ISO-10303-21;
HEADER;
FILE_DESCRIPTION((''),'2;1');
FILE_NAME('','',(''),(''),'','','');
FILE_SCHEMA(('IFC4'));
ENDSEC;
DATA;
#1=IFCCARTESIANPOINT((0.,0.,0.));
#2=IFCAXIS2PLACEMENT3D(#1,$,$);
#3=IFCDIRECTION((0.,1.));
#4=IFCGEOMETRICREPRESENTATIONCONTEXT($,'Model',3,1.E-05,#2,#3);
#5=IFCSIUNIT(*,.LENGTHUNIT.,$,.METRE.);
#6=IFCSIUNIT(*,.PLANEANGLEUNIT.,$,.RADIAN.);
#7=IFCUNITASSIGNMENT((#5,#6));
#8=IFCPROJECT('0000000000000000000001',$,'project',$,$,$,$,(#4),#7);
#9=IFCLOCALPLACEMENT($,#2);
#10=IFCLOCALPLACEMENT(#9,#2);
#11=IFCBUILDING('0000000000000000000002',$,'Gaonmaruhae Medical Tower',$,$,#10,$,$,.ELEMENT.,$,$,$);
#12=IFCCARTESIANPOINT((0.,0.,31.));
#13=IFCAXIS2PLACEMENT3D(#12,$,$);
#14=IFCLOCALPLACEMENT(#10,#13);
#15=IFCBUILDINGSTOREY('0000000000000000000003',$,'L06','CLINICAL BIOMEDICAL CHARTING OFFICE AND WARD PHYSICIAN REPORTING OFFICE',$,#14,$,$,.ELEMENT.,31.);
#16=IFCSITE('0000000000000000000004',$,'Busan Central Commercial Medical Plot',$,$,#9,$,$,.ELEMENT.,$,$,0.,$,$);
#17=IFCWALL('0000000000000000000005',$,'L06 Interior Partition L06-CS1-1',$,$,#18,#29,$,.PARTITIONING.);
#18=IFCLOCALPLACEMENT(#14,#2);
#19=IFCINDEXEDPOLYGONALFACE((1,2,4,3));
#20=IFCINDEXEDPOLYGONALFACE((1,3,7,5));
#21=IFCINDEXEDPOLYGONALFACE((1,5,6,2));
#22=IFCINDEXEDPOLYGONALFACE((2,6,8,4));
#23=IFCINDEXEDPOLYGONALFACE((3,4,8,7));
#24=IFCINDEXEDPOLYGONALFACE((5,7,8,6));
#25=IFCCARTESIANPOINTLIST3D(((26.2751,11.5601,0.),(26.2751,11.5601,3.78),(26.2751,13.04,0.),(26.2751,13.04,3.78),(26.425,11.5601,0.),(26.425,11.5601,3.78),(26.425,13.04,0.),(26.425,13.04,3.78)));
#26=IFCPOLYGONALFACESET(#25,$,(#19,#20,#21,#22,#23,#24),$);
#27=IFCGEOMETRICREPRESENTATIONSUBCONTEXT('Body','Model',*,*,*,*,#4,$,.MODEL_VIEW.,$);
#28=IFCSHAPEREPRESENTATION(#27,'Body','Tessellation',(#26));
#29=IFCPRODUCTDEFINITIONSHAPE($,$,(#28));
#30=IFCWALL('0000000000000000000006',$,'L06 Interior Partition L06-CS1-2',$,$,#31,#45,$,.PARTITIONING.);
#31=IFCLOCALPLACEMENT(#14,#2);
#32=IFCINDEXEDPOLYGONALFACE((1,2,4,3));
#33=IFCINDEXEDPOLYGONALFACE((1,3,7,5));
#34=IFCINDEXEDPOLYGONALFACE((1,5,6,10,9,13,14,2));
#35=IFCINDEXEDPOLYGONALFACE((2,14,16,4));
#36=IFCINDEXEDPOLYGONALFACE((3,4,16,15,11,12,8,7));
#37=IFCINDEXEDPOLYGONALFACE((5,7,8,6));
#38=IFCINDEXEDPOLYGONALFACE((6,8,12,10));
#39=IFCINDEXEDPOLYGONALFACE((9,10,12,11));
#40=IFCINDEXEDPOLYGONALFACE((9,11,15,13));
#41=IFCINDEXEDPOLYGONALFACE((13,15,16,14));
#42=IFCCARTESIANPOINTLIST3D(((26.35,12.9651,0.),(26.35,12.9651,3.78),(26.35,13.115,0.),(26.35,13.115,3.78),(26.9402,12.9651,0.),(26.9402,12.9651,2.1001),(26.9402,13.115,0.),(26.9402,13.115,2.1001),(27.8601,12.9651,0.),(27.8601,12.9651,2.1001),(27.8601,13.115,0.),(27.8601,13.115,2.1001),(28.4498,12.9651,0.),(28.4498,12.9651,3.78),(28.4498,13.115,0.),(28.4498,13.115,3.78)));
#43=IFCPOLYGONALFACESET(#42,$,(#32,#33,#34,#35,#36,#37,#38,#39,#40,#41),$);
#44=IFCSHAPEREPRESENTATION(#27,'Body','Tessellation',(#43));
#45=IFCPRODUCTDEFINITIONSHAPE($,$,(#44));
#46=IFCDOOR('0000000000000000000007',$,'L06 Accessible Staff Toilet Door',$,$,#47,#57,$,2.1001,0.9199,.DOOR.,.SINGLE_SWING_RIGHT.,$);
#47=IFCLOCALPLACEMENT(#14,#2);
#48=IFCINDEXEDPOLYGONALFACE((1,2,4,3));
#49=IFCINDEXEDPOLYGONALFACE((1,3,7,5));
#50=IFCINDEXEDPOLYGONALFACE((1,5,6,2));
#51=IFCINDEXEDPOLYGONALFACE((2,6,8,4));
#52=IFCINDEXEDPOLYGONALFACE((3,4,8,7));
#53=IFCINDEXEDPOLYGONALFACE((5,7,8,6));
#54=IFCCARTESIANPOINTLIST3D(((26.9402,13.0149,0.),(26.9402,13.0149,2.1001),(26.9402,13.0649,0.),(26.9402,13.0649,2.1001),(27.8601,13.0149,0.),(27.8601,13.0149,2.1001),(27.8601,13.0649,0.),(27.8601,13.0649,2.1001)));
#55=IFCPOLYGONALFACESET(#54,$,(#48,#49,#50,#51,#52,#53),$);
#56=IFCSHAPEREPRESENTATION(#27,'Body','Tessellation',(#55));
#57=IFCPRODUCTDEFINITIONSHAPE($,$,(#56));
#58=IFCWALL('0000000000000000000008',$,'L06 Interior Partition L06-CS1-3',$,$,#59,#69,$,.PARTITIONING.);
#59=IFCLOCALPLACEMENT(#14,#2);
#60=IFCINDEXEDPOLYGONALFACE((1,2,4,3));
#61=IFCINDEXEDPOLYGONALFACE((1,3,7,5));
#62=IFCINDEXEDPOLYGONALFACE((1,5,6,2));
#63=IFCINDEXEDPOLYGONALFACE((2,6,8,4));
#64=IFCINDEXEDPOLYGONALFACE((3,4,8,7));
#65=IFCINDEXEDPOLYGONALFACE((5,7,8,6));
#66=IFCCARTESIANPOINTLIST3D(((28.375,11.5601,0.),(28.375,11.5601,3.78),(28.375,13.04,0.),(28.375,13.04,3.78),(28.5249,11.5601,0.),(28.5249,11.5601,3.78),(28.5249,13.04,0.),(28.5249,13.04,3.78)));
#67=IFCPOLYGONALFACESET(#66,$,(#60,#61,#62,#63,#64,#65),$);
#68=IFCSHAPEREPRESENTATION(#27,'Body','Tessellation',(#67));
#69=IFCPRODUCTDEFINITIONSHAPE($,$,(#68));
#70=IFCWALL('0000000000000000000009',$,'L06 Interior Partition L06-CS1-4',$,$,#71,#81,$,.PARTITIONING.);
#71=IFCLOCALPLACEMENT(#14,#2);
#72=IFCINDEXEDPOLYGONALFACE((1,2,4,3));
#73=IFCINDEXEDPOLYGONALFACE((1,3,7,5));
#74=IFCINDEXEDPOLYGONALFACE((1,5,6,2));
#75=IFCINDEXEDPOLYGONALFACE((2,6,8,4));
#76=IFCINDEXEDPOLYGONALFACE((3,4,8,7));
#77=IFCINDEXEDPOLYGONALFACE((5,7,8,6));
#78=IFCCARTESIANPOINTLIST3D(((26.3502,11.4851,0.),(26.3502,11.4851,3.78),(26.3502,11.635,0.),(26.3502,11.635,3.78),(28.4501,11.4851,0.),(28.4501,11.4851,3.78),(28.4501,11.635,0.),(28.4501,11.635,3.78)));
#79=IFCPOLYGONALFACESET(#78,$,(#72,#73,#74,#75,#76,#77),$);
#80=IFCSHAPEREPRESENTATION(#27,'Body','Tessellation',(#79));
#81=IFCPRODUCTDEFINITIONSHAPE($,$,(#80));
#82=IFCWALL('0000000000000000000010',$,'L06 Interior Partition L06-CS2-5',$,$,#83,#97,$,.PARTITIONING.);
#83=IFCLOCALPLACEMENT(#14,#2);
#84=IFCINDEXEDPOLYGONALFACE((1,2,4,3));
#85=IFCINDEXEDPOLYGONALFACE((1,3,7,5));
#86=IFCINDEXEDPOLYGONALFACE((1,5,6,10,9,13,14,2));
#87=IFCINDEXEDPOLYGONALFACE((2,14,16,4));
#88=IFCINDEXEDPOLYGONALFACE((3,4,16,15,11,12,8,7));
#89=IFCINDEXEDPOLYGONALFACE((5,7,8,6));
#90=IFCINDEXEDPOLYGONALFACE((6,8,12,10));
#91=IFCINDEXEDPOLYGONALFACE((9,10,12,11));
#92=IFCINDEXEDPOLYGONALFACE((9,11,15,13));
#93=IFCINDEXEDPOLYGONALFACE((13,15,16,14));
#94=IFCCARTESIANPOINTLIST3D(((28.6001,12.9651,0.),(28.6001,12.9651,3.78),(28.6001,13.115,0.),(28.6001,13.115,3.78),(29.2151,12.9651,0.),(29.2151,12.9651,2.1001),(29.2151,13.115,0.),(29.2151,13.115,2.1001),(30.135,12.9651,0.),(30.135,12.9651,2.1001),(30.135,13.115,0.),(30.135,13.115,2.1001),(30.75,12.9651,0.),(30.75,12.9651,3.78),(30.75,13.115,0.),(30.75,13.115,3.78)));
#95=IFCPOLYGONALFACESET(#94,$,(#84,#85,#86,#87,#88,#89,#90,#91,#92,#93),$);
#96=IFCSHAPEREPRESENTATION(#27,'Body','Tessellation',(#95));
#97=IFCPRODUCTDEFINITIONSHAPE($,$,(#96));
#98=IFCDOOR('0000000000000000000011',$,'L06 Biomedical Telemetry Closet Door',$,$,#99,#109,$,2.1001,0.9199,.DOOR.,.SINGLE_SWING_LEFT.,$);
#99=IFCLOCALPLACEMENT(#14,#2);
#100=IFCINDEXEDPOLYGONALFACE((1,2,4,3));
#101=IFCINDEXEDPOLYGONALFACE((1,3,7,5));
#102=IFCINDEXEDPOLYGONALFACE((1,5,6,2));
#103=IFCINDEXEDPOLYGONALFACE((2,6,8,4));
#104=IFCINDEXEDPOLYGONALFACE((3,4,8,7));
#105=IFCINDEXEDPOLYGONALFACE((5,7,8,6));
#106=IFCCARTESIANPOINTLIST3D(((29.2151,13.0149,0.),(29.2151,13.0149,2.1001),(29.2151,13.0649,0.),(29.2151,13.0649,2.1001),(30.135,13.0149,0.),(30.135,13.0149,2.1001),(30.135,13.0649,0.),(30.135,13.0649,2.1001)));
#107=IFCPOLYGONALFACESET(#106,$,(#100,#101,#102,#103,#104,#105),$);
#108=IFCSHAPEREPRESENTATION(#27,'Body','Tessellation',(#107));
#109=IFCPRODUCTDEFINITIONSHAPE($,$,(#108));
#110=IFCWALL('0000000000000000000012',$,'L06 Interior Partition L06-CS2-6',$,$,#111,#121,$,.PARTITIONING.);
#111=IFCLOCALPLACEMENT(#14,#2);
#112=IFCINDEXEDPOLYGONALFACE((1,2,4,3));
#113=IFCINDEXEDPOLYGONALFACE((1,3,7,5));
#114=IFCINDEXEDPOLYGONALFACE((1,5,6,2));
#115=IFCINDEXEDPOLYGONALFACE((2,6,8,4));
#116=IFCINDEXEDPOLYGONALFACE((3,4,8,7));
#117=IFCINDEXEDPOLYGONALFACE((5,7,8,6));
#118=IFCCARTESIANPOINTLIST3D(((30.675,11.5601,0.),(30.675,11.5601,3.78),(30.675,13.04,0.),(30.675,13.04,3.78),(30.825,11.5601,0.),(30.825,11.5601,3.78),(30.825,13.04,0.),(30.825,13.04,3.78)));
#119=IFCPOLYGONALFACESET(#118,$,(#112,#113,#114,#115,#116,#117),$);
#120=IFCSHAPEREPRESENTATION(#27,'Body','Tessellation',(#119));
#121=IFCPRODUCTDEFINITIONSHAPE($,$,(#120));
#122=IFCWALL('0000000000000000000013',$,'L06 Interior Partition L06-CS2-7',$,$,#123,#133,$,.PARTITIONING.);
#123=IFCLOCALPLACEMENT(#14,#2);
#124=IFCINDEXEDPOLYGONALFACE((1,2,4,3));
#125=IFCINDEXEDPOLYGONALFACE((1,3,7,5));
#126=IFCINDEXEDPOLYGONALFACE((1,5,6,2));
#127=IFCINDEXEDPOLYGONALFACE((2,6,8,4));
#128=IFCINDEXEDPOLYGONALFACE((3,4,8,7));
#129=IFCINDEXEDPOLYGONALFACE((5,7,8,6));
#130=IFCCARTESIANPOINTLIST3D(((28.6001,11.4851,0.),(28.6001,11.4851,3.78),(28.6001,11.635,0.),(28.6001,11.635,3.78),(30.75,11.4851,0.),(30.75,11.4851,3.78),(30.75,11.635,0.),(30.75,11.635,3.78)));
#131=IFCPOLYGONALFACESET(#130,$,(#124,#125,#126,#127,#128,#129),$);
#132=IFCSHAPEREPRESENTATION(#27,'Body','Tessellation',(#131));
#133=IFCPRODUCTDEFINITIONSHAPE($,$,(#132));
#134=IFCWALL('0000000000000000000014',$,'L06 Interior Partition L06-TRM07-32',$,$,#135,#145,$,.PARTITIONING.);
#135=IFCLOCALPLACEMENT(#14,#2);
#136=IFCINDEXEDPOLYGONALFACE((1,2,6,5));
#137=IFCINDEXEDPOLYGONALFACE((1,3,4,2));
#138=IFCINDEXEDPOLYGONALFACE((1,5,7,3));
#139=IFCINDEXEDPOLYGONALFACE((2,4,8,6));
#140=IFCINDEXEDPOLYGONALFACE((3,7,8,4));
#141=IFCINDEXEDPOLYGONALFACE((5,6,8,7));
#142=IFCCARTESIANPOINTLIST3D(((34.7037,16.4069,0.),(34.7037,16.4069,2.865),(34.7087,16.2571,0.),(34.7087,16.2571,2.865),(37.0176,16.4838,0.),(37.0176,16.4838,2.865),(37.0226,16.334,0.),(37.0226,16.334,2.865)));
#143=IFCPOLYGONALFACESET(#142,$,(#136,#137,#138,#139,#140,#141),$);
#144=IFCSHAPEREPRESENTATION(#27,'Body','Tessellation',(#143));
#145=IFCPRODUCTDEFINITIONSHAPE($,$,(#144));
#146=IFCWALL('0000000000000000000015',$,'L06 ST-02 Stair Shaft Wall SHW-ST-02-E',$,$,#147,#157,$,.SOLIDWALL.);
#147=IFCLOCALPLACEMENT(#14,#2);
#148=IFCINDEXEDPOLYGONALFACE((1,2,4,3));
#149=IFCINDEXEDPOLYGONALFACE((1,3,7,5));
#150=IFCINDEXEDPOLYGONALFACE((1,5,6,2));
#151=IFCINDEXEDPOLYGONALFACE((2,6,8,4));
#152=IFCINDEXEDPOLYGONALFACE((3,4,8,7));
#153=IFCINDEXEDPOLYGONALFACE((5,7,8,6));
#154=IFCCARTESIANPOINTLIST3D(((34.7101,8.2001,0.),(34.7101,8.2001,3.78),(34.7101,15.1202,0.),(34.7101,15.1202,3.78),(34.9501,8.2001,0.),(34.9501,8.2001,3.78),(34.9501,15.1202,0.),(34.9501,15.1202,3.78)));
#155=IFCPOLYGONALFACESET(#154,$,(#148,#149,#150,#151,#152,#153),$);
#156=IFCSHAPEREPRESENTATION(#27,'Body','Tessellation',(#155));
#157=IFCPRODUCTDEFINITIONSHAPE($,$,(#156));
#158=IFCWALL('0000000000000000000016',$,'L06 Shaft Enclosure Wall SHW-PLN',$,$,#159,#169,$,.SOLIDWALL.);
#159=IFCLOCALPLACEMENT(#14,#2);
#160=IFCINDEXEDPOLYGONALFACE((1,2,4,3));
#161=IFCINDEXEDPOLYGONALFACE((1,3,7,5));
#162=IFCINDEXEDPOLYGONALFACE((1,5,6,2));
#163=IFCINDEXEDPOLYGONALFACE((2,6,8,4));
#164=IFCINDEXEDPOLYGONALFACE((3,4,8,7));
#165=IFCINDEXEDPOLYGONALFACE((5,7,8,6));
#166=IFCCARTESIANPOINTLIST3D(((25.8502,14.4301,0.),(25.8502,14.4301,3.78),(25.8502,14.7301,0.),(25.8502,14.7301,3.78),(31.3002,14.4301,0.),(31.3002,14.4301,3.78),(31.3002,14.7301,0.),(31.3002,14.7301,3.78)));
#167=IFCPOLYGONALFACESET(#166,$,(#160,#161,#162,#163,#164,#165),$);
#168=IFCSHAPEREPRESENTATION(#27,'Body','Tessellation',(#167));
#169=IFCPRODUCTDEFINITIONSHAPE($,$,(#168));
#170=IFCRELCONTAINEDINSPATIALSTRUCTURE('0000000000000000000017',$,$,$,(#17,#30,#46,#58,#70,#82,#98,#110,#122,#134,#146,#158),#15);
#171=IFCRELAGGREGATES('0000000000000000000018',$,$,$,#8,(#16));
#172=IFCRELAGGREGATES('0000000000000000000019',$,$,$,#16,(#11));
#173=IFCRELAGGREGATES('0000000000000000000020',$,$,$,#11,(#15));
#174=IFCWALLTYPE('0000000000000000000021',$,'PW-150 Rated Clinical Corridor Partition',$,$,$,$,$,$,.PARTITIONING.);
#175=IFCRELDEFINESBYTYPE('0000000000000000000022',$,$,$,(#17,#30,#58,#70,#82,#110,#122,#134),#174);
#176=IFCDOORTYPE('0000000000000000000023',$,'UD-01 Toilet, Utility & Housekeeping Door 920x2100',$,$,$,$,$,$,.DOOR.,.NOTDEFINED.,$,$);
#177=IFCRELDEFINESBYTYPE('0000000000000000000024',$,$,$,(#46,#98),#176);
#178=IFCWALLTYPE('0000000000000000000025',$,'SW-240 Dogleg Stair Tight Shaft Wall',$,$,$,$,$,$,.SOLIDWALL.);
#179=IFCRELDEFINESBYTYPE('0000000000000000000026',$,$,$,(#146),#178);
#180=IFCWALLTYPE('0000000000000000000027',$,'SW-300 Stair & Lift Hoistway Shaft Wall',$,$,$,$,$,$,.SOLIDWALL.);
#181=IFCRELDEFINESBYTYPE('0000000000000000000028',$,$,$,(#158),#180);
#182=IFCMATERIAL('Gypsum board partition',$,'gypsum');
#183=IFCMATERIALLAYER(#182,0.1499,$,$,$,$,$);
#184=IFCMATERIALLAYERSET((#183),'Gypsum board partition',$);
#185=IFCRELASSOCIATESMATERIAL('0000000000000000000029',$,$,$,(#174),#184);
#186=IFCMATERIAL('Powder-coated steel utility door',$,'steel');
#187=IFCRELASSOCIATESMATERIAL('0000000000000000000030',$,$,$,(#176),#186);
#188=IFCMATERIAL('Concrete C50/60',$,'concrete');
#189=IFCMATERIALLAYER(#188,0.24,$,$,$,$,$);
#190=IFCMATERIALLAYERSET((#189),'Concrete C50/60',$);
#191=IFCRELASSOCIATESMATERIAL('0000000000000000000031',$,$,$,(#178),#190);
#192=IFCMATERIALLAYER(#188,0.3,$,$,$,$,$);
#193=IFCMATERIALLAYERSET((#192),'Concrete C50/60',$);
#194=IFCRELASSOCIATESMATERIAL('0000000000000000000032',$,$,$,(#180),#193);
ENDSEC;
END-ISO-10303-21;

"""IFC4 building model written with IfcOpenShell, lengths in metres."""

from ifc_helpers import new_model, si_unit, direction, frame, frame_2d, origin, place, context, subcontext, project, spatial, rectangle, extrude, material, layer, layer_set, type_object, element, fill, save


model = new_model("IFC4")

# Units and contexts
model_context = context("Model", 3, precision=1e-05, world=origin(), true_north=direction((0.0, 1.0)))
body_context = subcontext(model_context, "Body", "Model", "MODEL_VIEW")
ifc_project = project(units=[si_unit("LENGTHUNIT", "METRE"), si_unit("PLANEANGLEUNIT", "RADIAN")], contexts=[model_context])

# Site, building, storey
site_placement = place(None, origin())
site = spatial("IfcSite", under=ifc_project, at=site_placement, Name="Busan Central Commercial Medical Plot", CompositionType="ELEMENT", RefElevation=0.0)
building_placement = place(site_placement, origin())
building = spatial("IfcBuilding", under=site, at=building_placement, Name="Gaonmaruhae Medical Tower", CompositionType="ELEMENT")
storey_placement = place(building_placement, frame((0.0, 0.0, 31.0)))
storey = spatial("IfcBuildingStorey", under=building, at=storey_placement, Name="L06", Description="CLINICAL BIOMEDICAL CHARTING OFFICE AND WARD PHYSICIAN REPORTING OFFICE", CompositionType="ELEMENT", Elevation=31.0)

# Wall
ifc_material_1 = material(Name="Gypsum board partition", Category="gypsum")
ifc_layer_1 = layer(ifc_material_1, 0.1499)
ifc_layer_set_1 = layer_set([ifc_layer_1], Name="Gypsum board partition")
wall_type_1 = type_object("IfcWallType", Name="PW-150 Rated Clinical Corridor Partition", PredefinedType="PARTITIONING", material=ifc_layer_set_1)
wall_1_placement = place(storey_placement, frame((26.3501, 11.5601, 0.0), z_axis=(0.0, 0.0, 1.0), x_axis=(0.0, 1.0, 0.0)))
element("IfcWall", 1, at=wall_1_placement, inside=storey, type_object=wall_type_1, Name="L06 Interior Partition L06-CS1-1", PredefinedType="PARTITIONING", context=body_context, shape_type="SweptSolid", body=[
    extrude(rectangle(XDim=1.48, YDim=0.1499, at=frame_2d((0.74, 0.0))), origin(), (0.0, 0.0, 1.0), 3.78),
])

# Wall, opening, door
wall_2_placement = place(storey_placement, frame((26.3501, 13.04, 0.0), z_axis=(0.0, 0.0, 1.0), x_axis=(1.0, 0.0, 0.0)))
wall_2 = element("IfcWall", 2, at=wall_2_placement, inside=storey, type_object=wall_type_1, Name="L06 Interior Partition L06-CS1-2", PredefinedType="PARTITIONING", context=body_context, shape_type="SweptSolid", body=[
    extrude(rectangle(XDim=2.0999, YDim=0.1499, at=frame_2d((1.0498, 0.0))), origin(), (0.0, 0.0, 1.0), 3.78),
])
opening_1_placement = place(wall_2_placement, frame((0.5901, 0.0, 0.0)))
opening_1 = element("IfcOpeningElement", 3, at=opening_1_placement, cuts=wall_2, PredefinedType="OPENING", context=body_context, shape_type="SweptSolid", body=[
    extrude(rectangle(XDim=0.9199, YDim=2.1001, at=frame_2d((0.46, 1.05))), frame((0.0, 0.085, 0.0), z_axis=(0.0, -1.0, 0.0), x_axis=(1.0, 0.0, 0.0)), (0.0, 0.0, 1.0), 0.1699),
])
ifc_material_2 = material(Name="Powder-coated steel utility door", Category="steel")
door_type_1 = type_object("IfcDoorType", Name="UD-01 Toilet, Utility & Housekeeping Door 920x2100", OperationType="NOTDEFINED", PredefinedType="DOOR", material=ifc_material_2)
door_1_placement = place(opening_1_placement, origin())
door_1 = element("IfcDoor", 4, at=door_1_placement, inside=storey, type_object=door_type_1, Name="L06 Accessible Staff Toilet Door", OperationType="SINGLE_SWING_RIGHT", OverallHeight=2.1001, OverallWidth=0.9199, PredefinedType="DOOR", context=body_context, shape_type="SweptSolid", body=[
    extrude(rectangle(XDim=0.9199, YDim=2.1001, at=frame_2d((0.46, 1.05))), frame((0.0, 0.0249, 0.0), z_axis=(0.0, -1.0, 0.0), x_axis=(1.0, 0.0, 0.0)), (0.0, 0.0, 1.0), 0.05),
])
fill(opening_1, door_1)

# Walls
wall_3_placement = place(storey_placement, frame((28.45, 13.04, 0.0), z_axis=(0.0, 0.0, 1.0), x_axis=(0.0, -1.0, 0.0)))
element("IfcWall", 5, at=wall_3_placement, inside=storey, type_object=wall_type_1, Name="L06 Interior Partition L06-CS1-3", PredefinedType="PARTITIONING", context=body_context, shape_type="SweptSolid", body=[
    extrude(rectangle(XDim=1.48, YDim=0.1499, at=frame_2d((0.74, 0.0))), origin(), (0.0, 0.0, 1.0), 3.78),
])
wall_4_placement = place(storey_placement, frame((28.45, 11.5601, 0.0), z_axis=(0.0, 0.0, 1.0), x_axis=(-1.0, 0.0, 0.0)))
element("IfcWall", 6, at=wall_4_placement, inside=storey, type_object=wall_type_1, Name="L06 Interior Partition L06-CS1-4", PredefinedType="PARTITIONING", context=body_context, shape_type="SweptSolid", body=[
    extrude(rectangle(XDim=2.0999, YDim=0.1499, at=frame_2d((1.0498, 0.0))), origin(), (0.0, 0.0, 1.0), 3.78),
])

# Wall, opening, door
wall_5_placement = place(storey_placement, frame((28.6001, 13.04, 0.0), z_axis=(0.0, 0.0, 1.0), x_axis=(1.0, 0.0, 0.0)))
wall_5 = element("IfcWall", 7, at=wall_5_placement, inside=storey, type_object=wall_type_1, Name="L06 Interior Partition L06-CS2-5", PredefinedType="PARTITIONING", context=body_context, shape_type="SweptSolid", body=[
    extrude(rectangle(XDim=2.1499, YDim=0.1499, at=frame_2d((1.075, 0.0))), origin(), (0.0, 0.0, 1.0), 3.78),
])
opening_2_placement = place(wall_5_placement, frame((0.615, 0.0, 0.0)))
opening_2 = element("IfcOpeningElement", 8, at=opening_2_placement, cuts=wall_5, PredefinedType="OPENING", context=body_context, shape_type="SweptSolid", body=[
    extrude(rectangle(XDim=0.9199, YDim=2.1001, at=frame_2d((0.46, 1.05))), frame((0.0, 0.085, 0.0), z_axis=(0.0, -1.0, 0.0), x_axis=(1.0, 0.0, 0.0)), (0.0, 0.0, 1.0), 0.1699),
])
door_2_placement = place(opening_2_placement, origin())
door_2 = element("IfcDoor", 9, at=door_2_placement, inside=storey, type_object=door_type_1, Name="L06 Biomedical Telemetry Closet Door", OperationType="SINGLE_SWING_LEFT", OverallHeight=2.1001, OverallWidth=0.9199, PredefinedType="DOOR", context=body_context, shape_type="SweptSolid", body=[
    extrude(rectangle(XDim=0.9199, YDim=2.1001, at=frame_2d((0.46, 1.05))), frame((0.0, 0.0249, 0.0), z_axis=(0.0, -1.0, 0.0), x_axis=(1.0, 0.0, 0.0)), (0.0, 0.0, 1.0), 0.05),
])
fill(opening_2, door_2)

# Walls
wall_6_placement = place(storey_placement, frame((30.75, 13.04, 0.0), z_axis=(0.0, 0.0, 1.0), x_axis=(0.0, -1.0, 0.0)))
element("IfcWall", 10, at=wall_6_placement, inside=storey, type_object=wall_type_1, Name="L06 Interior Partition L06-CS2-6", PredefinedType="PARTITIONING", context=body_context, shape_type="SweptSolid", body=[
    extrude(rectangle(XDim=1.48, YDim=0.1499, at=frame_2d((0.74, 0.0))), origin(), (0.0, 0.0, 1.0), 3.78),
])
wall_7_placement = place(storey_placement, frame((30.75, 11.5601, 0.0), z_axis=(0.0, 0.0, 1.0), x_axis=(-1.0, 0.0, 0.0)))
element("IfcWall", 11, at=wall_7_placement, inside=storey, type_object=wall_type_1, Name="L06 Interior Partition L06-CS2-7", PredefinedType="PARTITIONING", context=body_context, shape_type="SweptSolid", body=[
    extrude(rectangle(XDim=2.1499, YDim=0.1499, at=frame_2d((1.075, 0.0))), origin(), (0.0, 0.0, 1.0), 3.78),
])
wall_8_placement = place(storey_placement, frame((34.7061, 16.332, 0.0), z_axis=(0.0, 0.0, 1.0), x_axis=(0.999448, 0.033217, 0.0)))
element("IfcWall", 12, at=wall_8_placement, inside=storey, type_object=wall_type_1, Name="L06 Interior Partition L06-TRM07-32", PredefinedType="PARTITIONING", context=body_context, shape_type="SweptSolid", body=[
    extrude(rectangle(XDim=2.3152, YDim=0.1499, at=frame_2d((1.1577, 0.0))), origin(), (0.0, 0.0, 1.0), 2.865),
])

# Shared definitions
ifc_material_3 = material(Name="Concrete C50/60", Category="concrete")
ifc_layer_2 = layer(ifc_material_3, 0.24)
ifc_layer_set_2 = layer_set([ifc_layer_2], Name="Concrete C50/60")
wall_type_2 = type_object("IfcWallType", Name="SW-240 Dogleg Stair Tight Shaft Wall", PredefinedType="SOLIDWALL", material=ifc_layer_set_2)

# Wall
wall_9_placement = place(storey_placement, frame((34.8301, 15.1201, 0.0), z_axis=(0.0, 0.0, 1.0), x_axis=(0.0, -1.0, 0.0)))
element("IfcWall", 13, at=wall_9_placement, inside=storey, type_object=wall_type_2, Name="L06 ST-02 Stair Shaft Wall SHW-ST-02-E", PredefinedType="SOLIDWALL", context=body_context, shape_type="SweptSolid", body=[
    extrude(rectangle(XDim=6.9202, YDim=0.24, at=frame_2d((3.46, 0.0))), origin(), (0.0, 0.0, 1.0), 3.78),
])

# Shared definitions
ifc_layer_3 = layer(ifc_material_3, 0.3)
ifc_layer_set_3 = layer_set([ifc_layer_3], Name="Concrete C50/60")
wall_type_3 = type_object("IfcWallType", Name="SW-300 Stair & Lift Hoistway Shaft Wall", PredefinedType="SOLIDWALL", material=ifc_layer_set_3)

# Wall
wall_10_placement = place(storey_placement, frame((25.8501, 14.5801, 0.0), z_axis=(0.0, 0.0, 1.0), x_axis=(1.0, 0.0, 0.0)))
element("IfcWall", 14, at=wall_10_placement, inside=storey, type_object=wall_type_3, Name="L06 Shaft Enclosure Wall SHW-PLN", PredefinedType="SOLIDWALL", context=body_context, shape_type="SweptSolid", body=[
    extrude(rectangle(XDim=5.45, YDim=0.3, at=frame_2d((2.7251, 0.0))), origin(), (0.0, 0.0, 1.0), 3.78),
])

save(model, "model.ifc")
